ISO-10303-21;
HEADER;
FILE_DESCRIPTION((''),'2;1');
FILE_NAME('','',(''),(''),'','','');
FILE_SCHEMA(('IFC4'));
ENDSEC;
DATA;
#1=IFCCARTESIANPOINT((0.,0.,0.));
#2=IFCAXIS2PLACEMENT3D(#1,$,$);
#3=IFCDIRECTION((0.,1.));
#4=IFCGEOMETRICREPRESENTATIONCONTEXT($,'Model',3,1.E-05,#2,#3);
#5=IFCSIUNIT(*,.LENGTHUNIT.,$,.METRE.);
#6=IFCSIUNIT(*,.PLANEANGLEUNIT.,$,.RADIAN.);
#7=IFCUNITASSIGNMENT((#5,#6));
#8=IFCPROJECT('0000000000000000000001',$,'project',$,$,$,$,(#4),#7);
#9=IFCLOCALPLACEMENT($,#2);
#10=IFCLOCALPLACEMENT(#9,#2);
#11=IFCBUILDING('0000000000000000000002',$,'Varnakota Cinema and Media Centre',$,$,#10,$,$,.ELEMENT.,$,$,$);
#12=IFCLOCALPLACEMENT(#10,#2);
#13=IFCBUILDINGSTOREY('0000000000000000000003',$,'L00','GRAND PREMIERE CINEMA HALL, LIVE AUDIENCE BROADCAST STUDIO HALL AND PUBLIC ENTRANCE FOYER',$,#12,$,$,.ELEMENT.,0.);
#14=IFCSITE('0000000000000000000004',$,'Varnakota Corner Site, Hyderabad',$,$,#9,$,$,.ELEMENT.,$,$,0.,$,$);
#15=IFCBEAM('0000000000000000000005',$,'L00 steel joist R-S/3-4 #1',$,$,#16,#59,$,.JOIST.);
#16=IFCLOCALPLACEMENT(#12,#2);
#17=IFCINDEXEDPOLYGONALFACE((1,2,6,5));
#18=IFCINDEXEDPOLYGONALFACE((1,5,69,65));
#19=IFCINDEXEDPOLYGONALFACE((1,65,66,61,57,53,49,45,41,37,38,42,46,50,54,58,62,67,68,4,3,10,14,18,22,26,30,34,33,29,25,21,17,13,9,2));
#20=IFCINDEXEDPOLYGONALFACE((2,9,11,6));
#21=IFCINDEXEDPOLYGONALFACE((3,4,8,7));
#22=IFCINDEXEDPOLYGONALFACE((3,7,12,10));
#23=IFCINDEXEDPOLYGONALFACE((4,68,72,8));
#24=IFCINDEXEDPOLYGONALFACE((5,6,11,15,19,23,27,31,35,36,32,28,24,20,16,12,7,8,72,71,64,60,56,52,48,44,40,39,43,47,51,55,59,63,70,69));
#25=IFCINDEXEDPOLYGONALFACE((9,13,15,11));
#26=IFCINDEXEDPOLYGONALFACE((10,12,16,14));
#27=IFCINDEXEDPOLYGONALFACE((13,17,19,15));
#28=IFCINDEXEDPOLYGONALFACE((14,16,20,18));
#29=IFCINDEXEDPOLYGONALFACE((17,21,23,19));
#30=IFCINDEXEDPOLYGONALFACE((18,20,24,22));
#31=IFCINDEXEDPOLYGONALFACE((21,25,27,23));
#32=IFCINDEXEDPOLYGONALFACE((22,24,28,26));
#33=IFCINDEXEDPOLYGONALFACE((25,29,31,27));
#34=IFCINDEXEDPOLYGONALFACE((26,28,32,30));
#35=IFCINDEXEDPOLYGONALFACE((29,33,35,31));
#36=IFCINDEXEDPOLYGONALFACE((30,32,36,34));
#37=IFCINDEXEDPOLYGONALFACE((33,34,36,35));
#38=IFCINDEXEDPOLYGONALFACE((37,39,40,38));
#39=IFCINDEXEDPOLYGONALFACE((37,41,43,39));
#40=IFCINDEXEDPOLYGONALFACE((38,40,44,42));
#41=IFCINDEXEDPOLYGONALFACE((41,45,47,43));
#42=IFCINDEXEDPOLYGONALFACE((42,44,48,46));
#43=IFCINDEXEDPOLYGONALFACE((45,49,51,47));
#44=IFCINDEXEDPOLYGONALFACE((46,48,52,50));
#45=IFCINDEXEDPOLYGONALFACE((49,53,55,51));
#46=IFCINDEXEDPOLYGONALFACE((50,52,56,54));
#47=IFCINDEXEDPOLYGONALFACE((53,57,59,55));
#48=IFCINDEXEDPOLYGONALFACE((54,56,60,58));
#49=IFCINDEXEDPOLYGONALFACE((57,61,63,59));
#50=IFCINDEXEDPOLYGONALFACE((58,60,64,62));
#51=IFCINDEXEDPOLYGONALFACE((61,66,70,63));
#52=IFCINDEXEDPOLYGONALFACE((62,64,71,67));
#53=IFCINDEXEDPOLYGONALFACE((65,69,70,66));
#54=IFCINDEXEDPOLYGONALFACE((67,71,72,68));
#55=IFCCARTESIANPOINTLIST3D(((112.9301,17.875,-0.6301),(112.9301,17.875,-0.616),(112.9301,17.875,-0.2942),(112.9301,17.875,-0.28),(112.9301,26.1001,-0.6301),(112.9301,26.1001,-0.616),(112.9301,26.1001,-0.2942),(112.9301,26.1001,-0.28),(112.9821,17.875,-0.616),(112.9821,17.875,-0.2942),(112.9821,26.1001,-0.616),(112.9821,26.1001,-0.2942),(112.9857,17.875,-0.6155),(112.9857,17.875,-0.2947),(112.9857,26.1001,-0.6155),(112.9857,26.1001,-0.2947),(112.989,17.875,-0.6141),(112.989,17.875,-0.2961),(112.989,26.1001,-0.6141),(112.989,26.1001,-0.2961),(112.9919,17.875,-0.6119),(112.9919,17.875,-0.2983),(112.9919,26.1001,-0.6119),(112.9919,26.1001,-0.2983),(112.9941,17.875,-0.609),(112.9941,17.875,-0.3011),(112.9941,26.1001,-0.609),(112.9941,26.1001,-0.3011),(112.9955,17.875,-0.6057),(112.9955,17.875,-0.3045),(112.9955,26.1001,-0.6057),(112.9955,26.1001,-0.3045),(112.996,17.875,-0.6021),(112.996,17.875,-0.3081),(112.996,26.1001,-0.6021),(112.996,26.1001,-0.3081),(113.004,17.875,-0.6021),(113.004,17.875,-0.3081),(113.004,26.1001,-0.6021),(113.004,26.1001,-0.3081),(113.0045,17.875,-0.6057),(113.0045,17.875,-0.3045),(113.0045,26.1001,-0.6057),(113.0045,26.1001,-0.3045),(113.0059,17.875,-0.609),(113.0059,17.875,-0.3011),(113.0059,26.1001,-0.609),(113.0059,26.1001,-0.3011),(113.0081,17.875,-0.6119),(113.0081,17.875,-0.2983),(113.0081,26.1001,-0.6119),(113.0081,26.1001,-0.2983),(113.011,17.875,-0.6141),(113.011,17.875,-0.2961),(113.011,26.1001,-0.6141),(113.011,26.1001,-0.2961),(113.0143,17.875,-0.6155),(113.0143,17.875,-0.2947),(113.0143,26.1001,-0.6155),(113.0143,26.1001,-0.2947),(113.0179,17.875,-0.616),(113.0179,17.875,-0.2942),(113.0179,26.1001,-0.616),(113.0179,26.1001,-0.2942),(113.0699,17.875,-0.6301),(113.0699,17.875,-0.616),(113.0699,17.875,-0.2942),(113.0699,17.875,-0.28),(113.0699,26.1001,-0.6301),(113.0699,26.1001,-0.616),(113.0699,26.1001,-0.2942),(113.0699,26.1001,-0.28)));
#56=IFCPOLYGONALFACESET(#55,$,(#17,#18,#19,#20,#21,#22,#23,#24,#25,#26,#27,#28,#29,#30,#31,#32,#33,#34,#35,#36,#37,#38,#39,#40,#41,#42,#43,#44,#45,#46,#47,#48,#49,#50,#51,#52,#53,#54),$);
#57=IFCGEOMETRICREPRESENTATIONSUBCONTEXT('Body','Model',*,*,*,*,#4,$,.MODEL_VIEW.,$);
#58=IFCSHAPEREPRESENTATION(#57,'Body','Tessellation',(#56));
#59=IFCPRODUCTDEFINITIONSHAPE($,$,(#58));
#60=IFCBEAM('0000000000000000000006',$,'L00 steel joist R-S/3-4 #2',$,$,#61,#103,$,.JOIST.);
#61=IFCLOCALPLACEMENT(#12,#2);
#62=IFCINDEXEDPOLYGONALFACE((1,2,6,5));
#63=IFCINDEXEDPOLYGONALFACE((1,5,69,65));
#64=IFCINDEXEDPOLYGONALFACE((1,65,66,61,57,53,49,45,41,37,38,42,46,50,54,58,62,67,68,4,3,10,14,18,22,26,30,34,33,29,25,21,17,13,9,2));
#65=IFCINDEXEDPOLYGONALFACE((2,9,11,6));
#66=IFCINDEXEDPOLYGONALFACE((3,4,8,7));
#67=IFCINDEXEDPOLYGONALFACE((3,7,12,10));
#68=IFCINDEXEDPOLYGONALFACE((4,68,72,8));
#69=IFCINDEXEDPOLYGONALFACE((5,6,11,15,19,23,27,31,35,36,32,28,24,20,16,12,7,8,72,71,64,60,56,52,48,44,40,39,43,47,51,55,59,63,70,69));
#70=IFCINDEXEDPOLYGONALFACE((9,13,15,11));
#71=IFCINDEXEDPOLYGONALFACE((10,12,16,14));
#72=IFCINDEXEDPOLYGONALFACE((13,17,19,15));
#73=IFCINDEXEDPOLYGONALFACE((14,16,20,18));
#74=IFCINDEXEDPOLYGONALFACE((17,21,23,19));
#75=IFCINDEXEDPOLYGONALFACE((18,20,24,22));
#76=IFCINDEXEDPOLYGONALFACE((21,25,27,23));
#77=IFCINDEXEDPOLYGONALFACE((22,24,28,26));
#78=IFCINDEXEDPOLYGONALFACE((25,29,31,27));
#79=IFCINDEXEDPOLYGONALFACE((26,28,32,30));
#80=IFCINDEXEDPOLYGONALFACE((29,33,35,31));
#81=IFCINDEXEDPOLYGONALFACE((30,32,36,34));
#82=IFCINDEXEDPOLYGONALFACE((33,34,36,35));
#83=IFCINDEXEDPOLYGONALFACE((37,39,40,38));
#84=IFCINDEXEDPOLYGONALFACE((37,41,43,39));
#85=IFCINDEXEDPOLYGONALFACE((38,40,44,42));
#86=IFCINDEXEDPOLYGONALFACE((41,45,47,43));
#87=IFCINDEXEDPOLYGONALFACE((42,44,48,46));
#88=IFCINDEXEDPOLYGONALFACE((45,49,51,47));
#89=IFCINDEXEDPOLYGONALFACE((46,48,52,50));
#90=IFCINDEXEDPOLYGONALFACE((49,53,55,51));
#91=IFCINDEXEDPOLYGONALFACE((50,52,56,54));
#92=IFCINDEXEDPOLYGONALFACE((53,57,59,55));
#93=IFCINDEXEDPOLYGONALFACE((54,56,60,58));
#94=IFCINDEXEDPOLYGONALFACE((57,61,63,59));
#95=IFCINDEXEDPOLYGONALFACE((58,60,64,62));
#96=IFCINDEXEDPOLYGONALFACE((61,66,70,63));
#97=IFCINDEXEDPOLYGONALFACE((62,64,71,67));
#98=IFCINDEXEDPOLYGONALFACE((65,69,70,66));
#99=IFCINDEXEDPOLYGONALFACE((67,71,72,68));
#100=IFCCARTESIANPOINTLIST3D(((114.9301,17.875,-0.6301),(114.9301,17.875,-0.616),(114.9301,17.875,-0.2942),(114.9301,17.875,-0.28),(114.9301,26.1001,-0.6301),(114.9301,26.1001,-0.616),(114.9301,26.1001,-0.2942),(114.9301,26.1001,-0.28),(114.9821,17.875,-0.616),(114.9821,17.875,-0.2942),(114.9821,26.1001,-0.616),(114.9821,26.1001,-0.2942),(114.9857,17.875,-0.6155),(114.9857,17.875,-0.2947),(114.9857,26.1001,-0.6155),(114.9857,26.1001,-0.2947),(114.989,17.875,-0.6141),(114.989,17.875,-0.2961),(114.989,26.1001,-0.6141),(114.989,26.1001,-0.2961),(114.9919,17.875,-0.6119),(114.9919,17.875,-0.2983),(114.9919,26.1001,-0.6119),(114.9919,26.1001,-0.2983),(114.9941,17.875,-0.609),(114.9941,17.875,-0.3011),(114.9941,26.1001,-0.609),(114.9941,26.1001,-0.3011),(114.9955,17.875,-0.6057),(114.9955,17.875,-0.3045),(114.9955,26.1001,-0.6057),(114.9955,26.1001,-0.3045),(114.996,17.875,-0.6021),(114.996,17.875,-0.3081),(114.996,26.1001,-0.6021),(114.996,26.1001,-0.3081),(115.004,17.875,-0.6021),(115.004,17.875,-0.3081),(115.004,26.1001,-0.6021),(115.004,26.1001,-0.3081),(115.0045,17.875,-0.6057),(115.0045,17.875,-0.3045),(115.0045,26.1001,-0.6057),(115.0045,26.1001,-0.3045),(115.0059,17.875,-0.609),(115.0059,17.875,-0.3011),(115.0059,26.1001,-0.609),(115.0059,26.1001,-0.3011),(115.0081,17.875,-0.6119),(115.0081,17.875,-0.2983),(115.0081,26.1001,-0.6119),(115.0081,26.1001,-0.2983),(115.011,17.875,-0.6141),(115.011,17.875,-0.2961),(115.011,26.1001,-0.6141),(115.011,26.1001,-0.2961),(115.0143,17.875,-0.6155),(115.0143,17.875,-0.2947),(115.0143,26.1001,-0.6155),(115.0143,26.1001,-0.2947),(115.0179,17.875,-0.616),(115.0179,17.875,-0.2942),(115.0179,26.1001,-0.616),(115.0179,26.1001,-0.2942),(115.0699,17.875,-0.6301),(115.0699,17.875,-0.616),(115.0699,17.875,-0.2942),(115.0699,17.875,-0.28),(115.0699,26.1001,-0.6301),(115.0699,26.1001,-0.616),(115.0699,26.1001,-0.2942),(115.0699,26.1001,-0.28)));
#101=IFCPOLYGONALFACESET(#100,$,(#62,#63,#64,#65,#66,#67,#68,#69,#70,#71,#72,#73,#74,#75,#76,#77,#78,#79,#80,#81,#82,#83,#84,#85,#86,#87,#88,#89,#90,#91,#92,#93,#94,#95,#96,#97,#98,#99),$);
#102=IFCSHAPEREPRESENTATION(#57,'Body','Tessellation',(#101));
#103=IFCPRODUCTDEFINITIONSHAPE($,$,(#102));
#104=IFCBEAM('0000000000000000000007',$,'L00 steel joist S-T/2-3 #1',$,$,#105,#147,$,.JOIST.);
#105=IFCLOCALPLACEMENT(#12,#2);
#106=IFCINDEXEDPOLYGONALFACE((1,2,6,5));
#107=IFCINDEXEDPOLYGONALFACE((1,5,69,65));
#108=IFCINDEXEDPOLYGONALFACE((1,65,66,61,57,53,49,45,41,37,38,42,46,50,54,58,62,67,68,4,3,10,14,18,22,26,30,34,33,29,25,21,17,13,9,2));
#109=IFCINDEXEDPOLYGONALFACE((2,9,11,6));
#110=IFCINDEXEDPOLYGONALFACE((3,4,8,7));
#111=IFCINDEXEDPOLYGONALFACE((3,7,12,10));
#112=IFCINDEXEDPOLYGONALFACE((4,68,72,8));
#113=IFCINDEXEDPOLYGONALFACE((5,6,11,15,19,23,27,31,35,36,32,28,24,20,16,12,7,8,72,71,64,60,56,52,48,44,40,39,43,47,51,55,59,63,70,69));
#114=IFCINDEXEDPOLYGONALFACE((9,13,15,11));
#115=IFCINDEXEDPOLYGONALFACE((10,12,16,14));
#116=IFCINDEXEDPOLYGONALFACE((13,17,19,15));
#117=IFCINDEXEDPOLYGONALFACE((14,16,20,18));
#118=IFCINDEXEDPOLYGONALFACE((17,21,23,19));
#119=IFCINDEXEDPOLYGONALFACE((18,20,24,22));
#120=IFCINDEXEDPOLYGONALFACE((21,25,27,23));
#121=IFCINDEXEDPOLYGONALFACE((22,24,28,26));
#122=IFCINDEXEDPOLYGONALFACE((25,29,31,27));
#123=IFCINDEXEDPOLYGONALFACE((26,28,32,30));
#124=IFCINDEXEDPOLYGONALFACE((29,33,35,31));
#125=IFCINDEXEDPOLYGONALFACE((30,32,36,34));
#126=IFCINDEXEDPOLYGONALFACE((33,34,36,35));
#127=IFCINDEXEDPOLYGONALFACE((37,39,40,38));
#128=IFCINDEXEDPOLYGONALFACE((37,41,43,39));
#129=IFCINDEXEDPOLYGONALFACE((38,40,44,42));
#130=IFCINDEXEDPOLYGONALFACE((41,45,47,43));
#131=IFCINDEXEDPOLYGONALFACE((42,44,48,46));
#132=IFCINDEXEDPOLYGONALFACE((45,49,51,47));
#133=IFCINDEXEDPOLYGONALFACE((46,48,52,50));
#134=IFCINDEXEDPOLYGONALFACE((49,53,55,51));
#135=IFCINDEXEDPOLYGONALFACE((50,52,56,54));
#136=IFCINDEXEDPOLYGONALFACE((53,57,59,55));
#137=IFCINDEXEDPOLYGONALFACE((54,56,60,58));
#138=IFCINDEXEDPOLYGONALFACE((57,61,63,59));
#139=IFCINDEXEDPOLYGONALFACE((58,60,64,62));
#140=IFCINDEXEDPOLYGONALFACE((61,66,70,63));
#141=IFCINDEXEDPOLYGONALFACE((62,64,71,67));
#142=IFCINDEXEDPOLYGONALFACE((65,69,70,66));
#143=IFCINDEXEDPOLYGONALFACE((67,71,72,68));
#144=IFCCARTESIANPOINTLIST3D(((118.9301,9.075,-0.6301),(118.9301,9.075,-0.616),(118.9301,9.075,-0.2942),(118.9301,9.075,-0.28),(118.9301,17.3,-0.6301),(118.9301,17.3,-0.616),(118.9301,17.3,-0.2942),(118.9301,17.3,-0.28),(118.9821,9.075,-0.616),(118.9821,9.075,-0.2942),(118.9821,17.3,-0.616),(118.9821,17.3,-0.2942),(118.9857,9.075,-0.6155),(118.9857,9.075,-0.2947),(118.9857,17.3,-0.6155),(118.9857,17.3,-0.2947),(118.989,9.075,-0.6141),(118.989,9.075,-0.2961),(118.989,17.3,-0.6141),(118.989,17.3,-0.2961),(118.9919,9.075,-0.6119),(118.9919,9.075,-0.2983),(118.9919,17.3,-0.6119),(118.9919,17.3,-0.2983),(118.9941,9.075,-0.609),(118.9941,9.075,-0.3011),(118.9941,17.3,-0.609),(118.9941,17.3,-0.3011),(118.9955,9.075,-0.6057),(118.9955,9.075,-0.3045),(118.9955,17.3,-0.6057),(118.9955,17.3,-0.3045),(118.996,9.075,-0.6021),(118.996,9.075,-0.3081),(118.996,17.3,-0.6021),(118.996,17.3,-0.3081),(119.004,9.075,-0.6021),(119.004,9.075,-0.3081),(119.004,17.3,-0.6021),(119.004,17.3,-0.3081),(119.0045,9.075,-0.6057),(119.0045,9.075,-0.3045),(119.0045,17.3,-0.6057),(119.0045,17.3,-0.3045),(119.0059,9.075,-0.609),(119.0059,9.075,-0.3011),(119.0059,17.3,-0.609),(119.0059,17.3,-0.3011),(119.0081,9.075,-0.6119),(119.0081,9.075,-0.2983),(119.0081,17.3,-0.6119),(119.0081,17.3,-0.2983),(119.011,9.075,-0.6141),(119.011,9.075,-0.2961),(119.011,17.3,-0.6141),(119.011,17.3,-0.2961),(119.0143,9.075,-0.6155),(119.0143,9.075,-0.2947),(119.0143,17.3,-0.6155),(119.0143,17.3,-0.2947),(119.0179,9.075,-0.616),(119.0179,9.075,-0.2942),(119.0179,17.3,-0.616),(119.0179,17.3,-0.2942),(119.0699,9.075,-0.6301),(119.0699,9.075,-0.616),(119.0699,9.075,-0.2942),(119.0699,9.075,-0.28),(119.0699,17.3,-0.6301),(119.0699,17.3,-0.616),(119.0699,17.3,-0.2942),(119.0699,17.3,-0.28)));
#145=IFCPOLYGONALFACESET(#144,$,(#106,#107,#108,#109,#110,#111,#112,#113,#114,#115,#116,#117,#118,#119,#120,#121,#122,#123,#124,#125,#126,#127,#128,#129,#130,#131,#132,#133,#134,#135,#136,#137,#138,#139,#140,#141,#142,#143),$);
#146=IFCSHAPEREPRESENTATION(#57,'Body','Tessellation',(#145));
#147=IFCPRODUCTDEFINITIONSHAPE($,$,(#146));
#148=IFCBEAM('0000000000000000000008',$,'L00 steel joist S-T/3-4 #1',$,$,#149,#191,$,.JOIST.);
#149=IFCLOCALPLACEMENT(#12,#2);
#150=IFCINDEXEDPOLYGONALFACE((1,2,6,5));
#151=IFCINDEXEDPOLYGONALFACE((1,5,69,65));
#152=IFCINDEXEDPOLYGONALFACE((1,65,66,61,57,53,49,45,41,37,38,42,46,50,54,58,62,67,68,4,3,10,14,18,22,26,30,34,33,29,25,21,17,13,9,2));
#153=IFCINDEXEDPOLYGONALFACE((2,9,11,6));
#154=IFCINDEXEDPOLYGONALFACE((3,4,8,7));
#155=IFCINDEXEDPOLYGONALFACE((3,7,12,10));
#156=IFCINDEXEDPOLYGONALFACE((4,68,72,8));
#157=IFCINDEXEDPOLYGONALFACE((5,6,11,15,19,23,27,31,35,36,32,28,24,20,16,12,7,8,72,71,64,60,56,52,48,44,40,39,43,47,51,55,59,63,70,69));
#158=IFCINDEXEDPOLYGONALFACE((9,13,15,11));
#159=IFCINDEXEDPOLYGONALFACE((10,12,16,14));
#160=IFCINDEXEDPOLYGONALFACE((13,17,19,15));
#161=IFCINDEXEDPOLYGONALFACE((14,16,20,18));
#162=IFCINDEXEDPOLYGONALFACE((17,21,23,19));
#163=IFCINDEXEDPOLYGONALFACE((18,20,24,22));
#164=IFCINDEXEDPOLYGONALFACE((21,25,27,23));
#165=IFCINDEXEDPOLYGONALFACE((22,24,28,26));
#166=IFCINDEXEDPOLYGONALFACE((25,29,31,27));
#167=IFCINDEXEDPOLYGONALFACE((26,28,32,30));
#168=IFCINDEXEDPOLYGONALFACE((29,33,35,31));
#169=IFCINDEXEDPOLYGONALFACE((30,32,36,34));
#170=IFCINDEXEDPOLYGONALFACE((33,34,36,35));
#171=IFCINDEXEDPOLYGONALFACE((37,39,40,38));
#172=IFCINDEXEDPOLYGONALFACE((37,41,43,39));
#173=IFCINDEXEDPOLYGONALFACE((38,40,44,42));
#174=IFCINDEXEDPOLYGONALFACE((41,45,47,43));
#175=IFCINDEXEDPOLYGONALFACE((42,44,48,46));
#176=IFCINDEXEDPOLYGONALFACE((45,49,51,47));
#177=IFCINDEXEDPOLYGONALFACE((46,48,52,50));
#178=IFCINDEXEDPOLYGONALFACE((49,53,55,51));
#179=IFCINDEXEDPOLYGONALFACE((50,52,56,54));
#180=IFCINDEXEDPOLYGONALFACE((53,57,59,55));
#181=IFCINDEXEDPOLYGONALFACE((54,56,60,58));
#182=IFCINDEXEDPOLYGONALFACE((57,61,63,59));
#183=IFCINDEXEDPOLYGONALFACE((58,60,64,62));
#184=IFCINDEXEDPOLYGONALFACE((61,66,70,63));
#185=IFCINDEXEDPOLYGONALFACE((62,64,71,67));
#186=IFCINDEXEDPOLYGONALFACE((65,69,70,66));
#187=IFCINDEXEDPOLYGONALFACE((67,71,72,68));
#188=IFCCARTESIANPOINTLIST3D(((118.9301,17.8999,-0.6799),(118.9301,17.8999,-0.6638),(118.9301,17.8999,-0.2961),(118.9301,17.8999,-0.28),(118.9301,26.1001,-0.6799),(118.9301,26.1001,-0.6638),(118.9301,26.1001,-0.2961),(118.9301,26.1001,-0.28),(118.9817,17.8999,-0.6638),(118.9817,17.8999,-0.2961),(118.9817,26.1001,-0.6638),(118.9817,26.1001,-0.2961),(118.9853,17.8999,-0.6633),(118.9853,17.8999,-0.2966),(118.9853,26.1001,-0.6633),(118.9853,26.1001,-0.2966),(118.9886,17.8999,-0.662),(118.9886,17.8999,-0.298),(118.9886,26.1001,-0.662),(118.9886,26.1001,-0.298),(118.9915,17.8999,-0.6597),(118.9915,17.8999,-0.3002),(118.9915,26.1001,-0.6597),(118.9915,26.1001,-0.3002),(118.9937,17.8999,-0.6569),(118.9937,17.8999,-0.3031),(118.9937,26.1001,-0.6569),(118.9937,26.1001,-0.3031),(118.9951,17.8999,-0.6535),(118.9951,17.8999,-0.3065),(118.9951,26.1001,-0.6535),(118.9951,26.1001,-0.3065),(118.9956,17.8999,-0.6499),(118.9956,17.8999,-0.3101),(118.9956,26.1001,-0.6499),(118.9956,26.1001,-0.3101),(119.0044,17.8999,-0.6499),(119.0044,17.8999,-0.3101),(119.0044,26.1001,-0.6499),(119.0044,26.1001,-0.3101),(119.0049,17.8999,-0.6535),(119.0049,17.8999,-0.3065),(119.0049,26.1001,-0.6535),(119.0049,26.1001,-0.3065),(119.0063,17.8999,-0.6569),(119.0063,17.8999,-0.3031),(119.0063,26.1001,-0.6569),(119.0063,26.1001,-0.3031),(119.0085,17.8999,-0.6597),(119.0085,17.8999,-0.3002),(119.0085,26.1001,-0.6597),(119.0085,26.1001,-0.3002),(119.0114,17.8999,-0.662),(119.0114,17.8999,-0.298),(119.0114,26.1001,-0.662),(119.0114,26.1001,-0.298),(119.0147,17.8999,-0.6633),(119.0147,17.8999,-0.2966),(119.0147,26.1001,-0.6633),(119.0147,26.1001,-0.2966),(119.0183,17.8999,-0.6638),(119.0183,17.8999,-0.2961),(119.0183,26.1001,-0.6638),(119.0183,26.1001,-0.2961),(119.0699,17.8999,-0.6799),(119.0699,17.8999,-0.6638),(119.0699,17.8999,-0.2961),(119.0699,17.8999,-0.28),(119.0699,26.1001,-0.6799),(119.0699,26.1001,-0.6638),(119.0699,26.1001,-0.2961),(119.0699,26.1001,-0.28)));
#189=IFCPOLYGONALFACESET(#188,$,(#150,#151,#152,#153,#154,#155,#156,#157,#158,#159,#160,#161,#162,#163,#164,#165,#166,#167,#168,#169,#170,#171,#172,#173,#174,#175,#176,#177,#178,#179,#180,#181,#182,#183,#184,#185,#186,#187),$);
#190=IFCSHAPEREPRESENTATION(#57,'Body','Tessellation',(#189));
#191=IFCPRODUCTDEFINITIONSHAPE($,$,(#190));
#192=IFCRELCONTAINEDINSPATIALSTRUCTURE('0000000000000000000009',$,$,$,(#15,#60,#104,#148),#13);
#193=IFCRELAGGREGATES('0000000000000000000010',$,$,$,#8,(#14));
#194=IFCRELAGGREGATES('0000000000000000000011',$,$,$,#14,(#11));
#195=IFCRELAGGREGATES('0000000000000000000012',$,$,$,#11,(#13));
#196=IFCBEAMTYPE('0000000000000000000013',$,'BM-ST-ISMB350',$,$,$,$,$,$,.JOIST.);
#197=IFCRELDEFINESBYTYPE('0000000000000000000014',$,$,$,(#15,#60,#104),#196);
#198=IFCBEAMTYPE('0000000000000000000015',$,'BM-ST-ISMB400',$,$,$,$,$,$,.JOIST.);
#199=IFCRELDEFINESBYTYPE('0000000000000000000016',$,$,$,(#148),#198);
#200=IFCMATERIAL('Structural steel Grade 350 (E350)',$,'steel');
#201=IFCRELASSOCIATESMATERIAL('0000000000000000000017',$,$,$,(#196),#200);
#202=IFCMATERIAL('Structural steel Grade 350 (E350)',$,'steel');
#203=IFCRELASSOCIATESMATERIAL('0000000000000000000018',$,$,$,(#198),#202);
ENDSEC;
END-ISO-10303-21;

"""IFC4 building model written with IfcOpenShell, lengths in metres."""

from ifc_helpers import new_model, si_unit, direction, frame, origin, origin_2d, place, context, subcontext, project, spatial, i_section, extrude, material, material_profile, profile_set, type_object, element, save


model = new_model("IFC4")

# Units and contexts
model_context = context("Model", 3, precision=1e-05, world=origin(), true_north=direction((0.0, 1.0)))
body_context = subcontext(model_context, "Body", "Model", "MODEL_VIEW")
ifc_project = project(units=[si_unit("LENGTHUNIT", "METRE"), si_unit("PLANEANGLEUNIT", "RADIAN")], contexts=[model_context])

# Site, building, storey
site_placement = place(None, origin())
site = spatial("IfcSite", under=ifc_project, at=site_placement, Name="Varnakota Corner Site, Hyderabad", CompositionType="ELEMENT", RefElevation=0.0)
building_placement = place(site_placement, origin())
building = spatial("IfcBuilding", under=site, at=building_placement, Name="Varnakota Cinema and Media Centre", CompositionType="ELEMENT")
storey_placement = place(building_placement, origin())
storey = spatial("IfcBuildingStorey", under=building, at=storey_placement, Name="L00", Description="GRAND PREMIERE CINEMA HALL, LIVE AUDIENCE BROADCAST STUDIO HALL AND PUBLIC ENTRANCE FOYER", CompositionType="ELEMENT", Elevation=0.0)

# Beams
ifc_material_1 = material(Name="Structural steel Grade 350 (E350)", Category="steel")
ifc_material_profile_1 = material_profile(ifc_material_1, i_section(OverallWidth=0.1399, OverallDepth=0.3501, WebThickness=0.0081, FlangeThickness=0.0142, FilletRadius=0.0139, at=origin_2d()), Name="ISMB 350")
ifc_profile_set_1 = profile_set([ifc_material_profile_1], Name="Structural steel Grade 350 (E350)")
beam_type_1 = type_object("IfcBeamType", Name="BM-ST-ISMB350", PredefinedType="JOIST", material=ifc_profile_set_1)
for number, where, z_axis, x_axis, name in (
    (1, (113.0, 17.875, -0.4551), (0.0, 1.0, 0.0), (-1.0, 0.0, 0.0), "L00 steel joist R-S/3-4 #1"),
    (2, (115.0, 17.875, -0.4551), (0.0, 1.0, 0.0), (-1.0, 0.0, 0.0), "L00 steel joist R-S/3-4 #2"),
    (3, (119.0, 9.075, -0.4551), (0.0, 1.0, 0.0), (-1.0, 0.0, 0.0), "L00 steel joist S-T/2-3 #1"),
):
    element("IfcBeam", number, at=place(storey_placement, frame(where, z_axis=z_axis, x_axis=x_axis)), inside=storey, type_object=beam_type_1, Name=name, PredefinedType="JOIST", context=body_context, shape_type="SweptSolid", body=[
        extrude(i_section(OverallWidth=0.1399, OverallDepth=0.3501, WebThickness=0.0081, FlangeThickness=0.0142, FilletRadius=0.0139, at=origin_2d()), origin(), (0.0, 0.0, 1.0), 8.2251),
    ])
ifc_material_2 = material(Name="Structural steel Grade 350 (E350)", Category="steel")
ifc_material_profile_2 = material_profile(ifc_material_2, i_section(OverallWidth=0.1399, OverallDepth=0.3999, WebThickness=0.0088, FlangeThickness=0.0161, FilletRadius=0.0139, at=origin_2d()), Name="ISMB 400")
ifc_profile_set_2 = profile_set([ifc_material_profile_2], Name="Structural steel Grade 350 (E350)")
beam_type_2 = type_object("IfcBeamType", Name="BM-ST-ISMB400", PredefinedType="JOIST", material=ifc_profile_set_2)
beam_1_placement = place(storey_placement, frame((119.0, 17.8999, -0.48), z_axis=(0.0, 1.0, 0.0), x_axis=(-1.0, 0.0, 0.0)))
element("IfcBeam", 4, at=beam_1_placement, inside=storey, type_object=beam_type_2, Name="L00 steel joist S-T/3-4 #1", PredefinedType="JOIST", context=body_context, shape_type="SweptSolid", body=[
    extrude(i_section(OverallWidth=0.1399, OverallDepth=0.3999, WebThickness=0.0088, FlangeThickness=0.0161, FilletRadius=0.0139, at=origin_2d()), origin(), (0.0, 0.0, 1.0), 8.2002),
])

save(model, "model.ifc")
